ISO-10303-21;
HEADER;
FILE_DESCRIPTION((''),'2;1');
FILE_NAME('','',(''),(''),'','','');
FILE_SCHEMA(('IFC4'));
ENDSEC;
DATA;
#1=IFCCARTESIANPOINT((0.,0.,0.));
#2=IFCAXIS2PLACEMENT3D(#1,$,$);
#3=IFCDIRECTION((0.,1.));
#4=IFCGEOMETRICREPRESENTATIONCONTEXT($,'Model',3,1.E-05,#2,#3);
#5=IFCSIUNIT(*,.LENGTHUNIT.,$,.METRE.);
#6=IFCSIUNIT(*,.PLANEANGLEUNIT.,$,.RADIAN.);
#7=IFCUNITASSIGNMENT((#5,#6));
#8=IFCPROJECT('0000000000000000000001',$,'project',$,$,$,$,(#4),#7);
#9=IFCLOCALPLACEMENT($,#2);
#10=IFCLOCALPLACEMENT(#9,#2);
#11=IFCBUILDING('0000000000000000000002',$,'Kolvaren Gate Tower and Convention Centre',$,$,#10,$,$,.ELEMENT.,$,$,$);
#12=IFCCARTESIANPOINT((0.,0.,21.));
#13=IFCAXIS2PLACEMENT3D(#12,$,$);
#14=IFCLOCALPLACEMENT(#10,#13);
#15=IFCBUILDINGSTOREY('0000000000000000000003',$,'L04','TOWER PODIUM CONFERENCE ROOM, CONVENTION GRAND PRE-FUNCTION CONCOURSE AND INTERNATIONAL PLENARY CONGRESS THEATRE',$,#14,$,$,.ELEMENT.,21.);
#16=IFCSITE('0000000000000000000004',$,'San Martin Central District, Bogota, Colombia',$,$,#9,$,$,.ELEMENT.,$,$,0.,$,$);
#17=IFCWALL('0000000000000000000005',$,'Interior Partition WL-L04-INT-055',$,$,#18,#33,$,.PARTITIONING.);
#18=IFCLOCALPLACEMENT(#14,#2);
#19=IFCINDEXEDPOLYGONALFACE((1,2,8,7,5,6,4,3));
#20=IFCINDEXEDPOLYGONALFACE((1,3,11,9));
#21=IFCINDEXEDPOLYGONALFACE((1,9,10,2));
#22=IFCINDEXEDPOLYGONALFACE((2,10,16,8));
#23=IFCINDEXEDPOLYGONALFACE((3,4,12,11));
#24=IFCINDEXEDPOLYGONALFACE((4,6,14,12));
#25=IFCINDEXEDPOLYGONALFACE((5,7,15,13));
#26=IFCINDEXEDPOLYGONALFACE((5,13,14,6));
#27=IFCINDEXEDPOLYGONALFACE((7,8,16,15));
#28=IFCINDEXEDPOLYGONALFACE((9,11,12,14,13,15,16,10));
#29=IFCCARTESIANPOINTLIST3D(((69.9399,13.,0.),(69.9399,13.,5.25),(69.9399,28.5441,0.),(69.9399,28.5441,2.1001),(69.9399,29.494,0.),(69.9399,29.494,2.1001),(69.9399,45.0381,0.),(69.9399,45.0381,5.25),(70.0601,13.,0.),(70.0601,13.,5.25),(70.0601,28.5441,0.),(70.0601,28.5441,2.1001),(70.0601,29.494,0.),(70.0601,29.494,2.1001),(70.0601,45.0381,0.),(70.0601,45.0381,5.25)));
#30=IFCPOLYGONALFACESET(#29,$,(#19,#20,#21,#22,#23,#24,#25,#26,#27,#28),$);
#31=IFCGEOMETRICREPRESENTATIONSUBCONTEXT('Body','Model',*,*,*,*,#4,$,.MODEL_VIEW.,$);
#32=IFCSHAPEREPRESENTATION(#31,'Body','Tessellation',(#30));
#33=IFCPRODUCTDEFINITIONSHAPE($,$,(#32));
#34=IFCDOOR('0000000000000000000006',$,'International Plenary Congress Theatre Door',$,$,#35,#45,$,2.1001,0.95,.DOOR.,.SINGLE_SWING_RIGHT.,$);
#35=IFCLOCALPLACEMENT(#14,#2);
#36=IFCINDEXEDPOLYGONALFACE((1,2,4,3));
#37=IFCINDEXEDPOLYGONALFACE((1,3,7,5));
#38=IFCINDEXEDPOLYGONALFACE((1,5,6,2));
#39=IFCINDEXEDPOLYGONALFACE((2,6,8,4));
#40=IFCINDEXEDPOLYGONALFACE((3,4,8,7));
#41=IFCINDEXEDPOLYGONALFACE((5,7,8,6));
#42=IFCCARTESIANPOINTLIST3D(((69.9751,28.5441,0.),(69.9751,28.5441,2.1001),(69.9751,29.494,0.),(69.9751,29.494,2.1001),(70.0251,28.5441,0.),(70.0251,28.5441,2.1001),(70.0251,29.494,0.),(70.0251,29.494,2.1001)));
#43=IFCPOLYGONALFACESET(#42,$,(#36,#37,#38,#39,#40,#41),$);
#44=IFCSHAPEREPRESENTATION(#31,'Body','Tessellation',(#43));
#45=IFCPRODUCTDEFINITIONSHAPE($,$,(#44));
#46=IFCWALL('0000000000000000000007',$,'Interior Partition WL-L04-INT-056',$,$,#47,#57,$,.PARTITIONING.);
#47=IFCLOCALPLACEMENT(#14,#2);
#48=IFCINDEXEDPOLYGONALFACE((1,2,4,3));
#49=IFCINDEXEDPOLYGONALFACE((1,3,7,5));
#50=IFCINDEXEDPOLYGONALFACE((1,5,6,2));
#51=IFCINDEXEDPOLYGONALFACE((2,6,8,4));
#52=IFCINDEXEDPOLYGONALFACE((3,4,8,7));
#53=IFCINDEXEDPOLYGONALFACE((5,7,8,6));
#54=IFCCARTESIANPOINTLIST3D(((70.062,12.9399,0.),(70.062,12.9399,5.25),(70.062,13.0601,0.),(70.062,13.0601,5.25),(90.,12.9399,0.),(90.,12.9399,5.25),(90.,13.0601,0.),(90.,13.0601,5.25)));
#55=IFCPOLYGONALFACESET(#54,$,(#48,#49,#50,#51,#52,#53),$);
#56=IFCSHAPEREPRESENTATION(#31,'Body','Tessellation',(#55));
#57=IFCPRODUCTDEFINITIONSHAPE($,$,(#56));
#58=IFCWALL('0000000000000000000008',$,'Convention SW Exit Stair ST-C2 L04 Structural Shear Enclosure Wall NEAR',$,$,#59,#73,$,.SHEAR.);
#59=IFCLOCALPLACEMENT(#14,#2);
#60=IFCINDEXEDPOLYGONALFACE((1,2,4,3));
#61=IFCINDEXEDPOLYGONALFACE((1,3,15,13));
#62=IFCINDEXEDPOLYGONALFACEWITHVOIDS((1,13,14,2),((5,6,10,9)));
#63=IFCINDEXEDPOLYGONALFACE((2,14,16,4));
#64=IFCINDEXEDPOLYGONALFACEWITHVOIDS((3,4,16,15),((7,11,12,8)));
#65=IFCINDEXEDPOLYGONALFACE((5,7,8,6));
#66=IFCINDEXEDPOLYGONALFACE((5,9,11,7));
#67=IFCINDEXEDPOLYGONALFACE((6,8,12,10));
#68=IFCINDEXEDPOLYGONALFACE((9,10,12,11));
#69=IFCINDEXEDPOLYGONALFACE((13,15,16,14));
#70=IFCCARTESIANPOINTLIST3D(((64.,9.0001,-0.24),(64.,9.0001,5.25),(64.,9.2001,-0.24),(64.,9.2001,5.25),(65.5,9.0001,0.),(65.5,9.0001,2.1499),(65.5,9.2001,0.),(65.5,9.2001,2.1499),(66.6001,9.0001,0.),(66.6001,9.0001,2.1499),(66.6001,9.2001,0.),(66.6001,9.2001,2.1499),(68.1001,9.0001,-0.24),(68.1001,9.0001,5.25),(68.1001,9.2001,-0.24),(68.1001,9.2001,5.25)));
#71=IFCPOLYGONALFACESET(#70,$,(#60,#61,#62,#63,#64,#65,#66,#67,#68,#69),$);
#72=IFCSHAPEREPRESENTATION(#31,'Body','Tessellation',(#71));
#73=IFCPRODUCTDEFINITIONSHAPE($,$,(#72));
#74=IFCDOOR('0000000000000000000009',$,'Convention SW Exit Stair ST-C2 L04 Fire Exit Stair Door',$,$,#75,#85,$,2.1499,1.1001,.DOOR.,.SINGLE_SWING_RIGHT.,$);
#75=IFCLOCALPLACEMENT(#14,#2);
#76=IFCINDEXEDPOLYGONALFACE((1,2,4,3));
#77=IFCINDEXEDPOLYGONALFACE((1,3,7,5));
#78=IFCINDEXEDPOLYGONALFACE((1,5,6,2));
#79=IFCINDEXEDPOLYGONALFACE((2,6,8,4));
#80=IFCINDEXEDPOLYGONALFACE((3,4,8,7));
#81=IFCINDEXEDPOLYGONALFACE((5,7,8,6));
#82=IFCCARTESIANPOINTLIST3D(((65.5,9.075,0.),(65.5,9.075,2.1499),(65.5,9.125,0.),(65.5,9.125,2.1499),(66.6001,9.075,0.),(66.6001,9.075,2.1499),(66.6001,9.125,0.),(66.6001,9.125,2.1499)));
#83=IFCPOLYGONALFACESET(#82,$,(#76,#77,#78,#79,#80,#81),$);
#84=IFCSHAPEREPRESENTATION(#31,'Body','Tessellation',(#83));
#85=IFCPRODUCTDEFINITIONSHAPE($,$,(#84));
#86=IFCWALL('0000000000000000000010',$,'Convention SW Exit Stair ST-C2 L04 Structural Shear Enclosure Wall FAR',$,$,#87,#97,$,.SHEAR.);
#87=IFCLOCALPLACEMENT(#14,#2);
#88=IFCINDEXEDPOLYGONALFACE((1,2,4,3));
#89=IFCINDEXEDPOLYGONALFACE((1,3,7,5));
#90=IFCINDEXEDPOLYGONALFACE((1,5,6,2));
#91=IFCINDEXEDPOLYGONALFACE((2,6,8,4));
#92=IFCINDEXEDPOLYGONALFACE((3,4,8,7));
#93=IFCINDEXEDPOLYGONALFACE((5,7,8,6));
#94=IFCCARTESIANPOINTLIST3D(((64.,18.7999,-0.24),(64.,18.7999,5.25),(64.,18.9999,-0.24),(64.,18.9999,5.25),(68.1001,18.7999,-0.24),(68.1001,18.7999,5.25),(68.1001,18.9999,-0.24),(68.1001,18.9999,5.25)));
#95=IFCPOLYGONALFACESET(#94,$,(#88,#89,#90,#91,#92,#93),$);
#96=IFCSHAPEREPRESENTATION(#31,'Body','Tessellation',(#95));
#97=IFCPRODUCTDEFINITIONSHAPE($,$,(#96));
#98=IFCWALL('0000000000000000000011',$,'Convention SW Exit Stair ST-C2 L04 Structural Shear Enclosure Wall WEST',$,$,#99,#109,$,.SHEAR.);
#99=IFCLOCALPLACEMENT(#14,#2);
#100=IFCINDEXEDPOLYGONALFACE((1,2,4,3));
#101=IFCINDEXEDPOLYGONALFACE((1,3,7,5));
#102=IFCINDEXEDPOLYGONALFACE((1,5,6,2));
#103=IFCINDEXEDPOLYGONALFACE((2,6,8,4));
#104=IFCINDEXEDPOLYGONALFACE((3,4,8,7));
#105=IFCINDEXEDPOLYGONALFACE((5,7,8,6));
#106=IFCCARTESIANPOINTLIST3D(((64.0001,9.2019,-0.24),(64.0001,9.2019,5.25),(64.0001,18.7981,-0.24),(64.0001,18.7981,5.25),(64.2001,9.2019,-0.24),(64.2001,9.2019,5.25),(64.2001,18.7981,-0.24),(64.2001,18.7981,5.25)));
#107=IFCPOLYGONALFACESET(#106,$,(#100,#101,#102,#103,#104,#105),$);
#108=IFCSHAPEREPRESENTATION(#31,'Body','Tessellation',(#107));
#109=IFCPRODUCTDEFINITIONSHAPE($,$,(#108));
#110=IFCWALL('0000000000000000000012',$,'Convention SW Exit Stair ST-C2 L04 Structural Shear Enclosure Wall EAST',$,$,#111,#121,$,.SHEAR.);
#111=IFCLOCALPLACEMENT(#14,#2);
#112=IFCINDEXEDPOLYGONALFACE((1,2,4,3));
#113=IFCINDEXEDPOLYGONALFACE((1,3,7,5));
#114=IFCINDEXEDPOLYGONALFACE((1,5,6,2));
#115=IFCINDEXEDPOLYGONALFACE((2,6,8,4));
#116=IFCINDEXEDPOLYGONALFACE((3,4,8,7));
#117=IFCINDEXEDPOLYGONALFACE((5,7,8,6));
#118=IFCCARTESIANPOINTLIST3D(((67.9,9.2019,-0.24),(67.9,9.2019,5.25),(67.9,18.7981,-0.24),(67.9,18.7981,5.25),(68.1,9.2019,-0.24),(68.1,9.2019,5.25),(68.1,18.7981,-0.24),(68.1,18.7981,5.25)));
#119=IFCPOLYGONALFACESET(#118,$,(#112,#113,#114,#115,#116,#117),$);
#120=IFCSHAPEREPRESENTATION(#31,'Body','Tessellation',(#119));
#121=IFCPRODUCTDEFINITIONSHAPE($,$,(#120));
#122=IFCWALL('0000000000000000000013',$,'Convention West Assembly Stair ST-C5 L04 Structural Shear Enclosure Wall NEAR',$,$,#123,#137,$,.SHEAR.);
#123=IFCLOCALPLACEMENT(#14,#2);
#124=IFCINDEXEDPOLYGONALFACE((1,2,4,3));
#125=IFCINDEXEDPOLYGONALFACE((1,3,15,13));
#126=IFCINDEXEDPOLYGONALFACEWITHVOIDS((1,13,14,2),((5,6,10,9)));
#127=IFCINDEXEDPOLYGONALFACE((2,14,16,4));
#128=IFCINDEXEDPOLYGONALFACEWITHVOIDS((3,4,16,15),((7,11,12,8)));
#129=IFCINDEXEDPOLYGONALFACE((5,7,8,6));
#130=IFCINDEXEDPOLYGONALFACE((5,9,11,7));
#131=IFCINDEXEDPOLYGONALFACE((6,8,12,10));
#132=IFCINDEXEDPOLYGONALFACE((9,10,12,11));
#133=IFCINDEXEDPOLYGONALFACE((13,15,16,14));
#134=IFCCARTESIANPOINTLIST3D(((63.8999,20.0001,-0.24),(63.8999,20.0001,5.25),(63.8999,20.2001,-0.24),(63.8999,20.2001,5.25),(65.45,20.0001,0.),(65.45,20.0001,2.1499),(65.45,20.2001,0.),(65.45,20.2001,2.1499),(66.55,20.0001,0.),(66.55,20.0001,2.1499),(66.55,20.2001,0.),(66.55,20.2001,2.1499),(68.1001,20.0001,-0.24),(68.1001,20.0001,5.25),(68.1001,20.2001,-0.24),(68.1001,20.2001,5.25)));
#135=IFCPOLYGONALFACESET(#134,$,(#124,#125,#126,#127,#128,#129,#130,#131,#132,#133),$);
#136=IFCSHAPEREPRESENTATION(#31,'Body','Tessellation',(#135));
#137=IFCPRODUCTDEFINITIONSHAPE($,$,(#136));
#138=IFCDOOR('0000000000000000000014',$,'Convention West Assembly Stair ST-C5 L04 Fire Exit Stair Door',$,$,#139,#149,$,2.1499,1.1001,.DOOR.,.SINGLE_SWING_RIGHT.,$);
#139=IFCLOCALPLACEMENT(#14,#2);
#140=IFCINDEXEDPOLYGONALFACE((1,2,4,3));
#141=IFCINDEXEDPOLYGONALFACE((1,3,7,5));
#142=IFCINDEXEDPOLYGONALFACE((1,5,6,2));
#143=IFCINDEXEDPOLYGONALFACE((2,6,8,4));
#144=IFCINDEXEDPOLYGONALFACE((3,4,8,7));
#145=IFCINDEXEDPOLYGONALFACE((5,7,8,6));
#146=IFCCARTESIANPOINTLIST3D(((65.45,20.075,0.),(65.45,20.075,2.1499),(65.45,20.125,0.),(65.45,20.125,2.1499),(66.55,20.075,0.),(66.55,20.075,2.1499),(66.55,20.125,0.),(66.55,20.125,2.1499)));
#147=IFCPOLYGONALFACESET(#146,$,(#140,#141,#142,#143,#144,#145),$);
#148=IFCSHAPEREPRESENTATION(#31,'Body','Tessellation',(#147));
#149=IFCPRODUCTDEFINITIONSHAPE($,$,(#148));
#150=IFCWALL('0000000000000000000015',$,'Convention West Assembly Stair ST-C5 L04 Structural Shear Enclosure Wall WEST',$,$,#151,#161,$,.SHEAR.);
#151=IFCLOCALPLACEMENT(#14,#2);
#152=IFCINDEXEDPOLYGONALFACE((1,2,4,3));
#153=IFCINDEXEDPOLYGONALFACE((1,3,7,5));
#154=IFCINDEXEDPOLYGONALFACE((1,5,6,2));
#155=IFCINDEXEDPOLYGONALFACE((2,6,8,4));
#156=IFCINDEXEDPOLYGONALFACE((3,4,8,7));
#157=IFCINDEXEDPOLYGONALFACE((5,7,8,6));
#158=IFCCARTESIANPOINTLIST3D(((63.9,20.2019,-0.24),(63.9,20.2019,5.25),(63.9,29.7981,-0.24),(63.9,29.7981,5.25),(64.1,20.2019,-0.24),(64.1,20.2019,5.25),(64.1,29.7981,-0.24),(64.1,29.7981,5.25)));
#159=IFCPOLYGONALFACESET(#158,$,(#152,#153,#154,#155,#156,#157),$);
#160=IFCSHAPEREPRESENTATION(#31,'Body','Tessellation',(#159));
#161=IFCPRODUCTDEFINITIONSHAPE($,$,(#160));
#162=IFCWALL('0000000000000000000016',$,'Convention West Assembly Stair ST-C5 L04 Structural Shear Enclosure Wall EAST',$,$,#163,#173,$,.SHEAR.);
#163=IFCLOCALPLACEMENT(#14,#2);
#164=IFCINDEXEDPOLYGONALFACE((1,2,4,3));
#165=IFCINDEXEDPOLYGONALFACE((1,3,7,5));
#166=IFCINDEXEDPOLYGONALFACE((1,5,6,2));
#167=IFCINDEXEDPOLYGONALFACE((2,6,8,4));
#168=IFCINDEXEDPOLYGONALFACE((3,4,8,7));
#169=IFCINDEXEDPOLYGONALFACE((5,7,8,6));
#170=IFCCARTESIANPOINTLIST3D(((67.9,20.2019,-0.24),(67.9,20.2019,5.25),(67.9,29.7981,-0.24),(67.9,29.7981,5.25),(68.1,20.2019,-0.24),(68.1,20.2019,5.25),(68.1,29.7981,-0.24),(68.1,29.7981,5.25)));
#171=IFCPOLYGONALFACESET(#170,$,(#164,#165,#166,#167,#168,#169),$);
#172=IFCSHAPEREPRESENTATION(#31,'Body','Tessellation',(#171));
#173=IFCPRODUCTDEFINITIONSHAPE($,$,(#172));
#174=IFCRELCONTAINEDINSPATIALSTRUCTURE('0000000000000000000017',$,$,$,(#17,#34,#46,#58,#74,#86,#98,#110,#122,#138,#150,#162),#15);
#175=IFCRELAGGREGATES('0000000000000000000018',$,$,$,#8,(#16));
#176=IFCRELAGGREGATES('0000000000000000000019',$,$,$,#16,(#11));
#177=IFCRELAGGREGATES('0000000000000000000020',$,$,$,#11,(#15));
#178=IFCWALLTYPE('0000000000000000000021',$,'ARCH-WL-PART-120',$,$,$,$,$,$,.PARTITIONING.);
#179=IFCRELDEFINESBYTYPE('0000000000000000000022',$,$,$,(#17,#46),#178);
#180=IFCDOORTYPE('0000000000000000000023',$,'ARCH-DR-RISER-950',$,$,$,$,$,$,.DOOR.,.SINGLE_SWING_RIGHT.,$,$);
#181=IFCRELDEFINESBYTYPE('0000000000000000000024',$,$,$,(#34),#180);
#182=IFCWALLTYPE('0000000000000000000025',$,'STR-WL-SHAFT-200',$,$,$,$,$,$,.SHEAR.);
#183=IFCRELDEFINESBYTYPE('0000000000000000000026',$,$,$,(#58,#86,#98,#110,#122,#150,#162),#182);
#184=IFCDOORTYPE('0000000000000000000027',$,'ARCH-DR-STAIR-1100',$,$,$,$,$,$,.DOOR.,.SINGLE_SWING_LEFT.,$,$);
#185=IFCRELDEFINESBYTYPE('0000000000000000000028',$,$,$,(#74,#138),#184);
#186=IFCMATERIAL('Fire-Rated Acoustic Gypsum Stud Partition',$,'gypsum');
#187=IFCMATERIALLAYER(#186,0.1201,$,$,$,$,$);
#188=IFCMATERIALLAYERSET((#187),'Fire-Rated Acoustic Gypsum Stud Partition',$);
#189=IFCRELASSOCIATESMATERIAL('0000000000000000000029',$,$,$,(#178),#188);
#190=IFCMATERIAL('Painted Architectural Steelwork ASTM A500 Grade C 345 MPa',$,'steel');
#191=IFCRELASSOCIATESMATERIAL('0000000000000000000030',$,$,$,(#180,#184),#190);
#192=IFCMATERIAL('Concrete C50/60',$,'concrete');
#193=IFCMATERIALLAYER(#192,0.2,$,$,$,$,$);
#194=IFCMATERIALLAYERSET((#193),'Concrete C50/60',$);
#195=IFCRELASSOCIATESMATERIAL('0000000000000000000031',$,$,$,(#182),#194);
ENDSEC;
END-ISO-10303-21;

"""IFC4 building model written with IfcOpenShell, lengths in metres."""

from ifc_helpers import new_model, si_unit, direction, frame, frame_2d, origin, place, context, subcontext, project, spatial, rectangle, extrude, material, layer, layer_set, type_object, element, fill, save


model = new_model("IFC4")

# Units and contexts
model_context = context("Model", 3, precision=1e-05, world=origin(), true_north=direction((0.0, 1.0)))
body_context = subcontext(model_context, "Body", "Model", "MODEL_VIEW")
ifc_project = project(units=[si_unit("LENGTHUNIT", "METRE"), si_unit("PLANEANGLEUNIT", "RADIAN")], contexts=[model_context])

# Site, building, storey
site_placement = place(None, origin())
site = spatial("IfcSite", under=ifc_project, at=site_placement, Name="San Martin Central District, Bogota, Colombia", CompositionType="ELEMENT", RefElevation=0.0)
building_placement = place(site_placement, origin())
building = spatial("IfcBuilding", under=site, at=building_placement, Name="Kolvaren Gate Tower and Convention Centre", CompositionType="ELEMENT")
storey_placement = place(building_placement, frame((0.0, 0.0, 21.0)))
storey = spatial("IfcBuildingStorey", under=building, at=storey_placement, Name="L04", Description="TOWER PODIUM CONFERENCE ROOM, CONVENTION GRAND PRE-FUNCTION CONCOURSE AND INTERNATIONAL PLENARY CONGRESS THEATRE", CompositionType="ELEMENT", Elevation=21.0)

# Wall, opening, door
ifc_material_1 = material(Name="Fire-Rated Acoustic Gypsum Stud Partition", Category="gypsum")
ifc_layer_1 = layer(ifc_material_1, 0.1201)
ifc_layer_set_1 = layer_set([ifc_layer_1], Name="Fire-Rated Acoustic Gypsum Stud Partition")
wall_type_1 = type_object("IfcWallType", Name="ARCH-WL-PART-120", PredefinedType="PARTITIONING", material=ifc_layer_set_1)
wall_1_placement = place(storey_placement, frame((70.0, 13.0, 0.0), z_axis=(0.0, 0.0, 1.0), x_axis=(0.0, 1.0, 0.0)))
wall_1 = element("IfcWall", 1, at=wall_1_placement, inside=storey, type_object=wall_type_1, Name="Interior Partition WL-L04-INT-055", PredefinedType="PARTITIONING", context=body_context, shape_type="SweptSolid", body=[
    extrude(rectangle(XDim=32.0381, YDim=0.1201, at=frame_2d((16.019, 0.0))), origin(), (0.0, 0.0, 1.0), 5.25),
])
opening_1_placement = place(wall_1_placement, frame((15.5439, 0.0, 0.0)))
opening_1 = element("IfcOpeningElement", 2, at=opening_1_placement, cuts=wall_1, PredefinedType="OPENING", context=body_context, shape_type="SweptSolid", body=[
    extrude(rectangle(XDim=0.95, YDim=2.1001, at=frame_2d((0.4751, 1.05))), frame((0.0, 0.0701, 0.0), z_axis=(0.0, -1.0, 0.0), x_axis=(1.0, 0.0, 0.0)), (0.0, 0.0, 1.0), 0.1401),
])
ifc_material_2 = material(Name="Painted Architectural Steelwork ASTM A500 Grade C 345 MPa", Category="steel")
door_type_1 = type_object("IfcDoorType", Name="ARCH-DR-RISER-950", OperationType="SINGLE_SWING_RIGHT", PredefinedType="DOOR", material=ifc_material_2)
door_1_placement = place(opening_1_placement, origin())
door_1 = element("IfcDoor", 3, at=door_1_placement, inside=storey, type_object=door_type_1, Name="International Plenary Congress Theatre Door", OperationType="SINGLE_SWING_RIGHT", OverallHeight=2.1001, OverallWidth=0.95, PredefinedType="DOOR", context=body_context, shape_type="SweptSolid", body=[
    extrude(rectangle(XDim=0.95, YDim=2.1001, at=frame_2d((0.4751, 1.05))), frame((0.0, 0.0249, 0.0), z_axis=(0.0, -1.0, 0.0), x_axis=(1.0, 0.0, 0.0)), (0.0, 0.0, 1.0), 0.05),
])
fill(opening_1, door_1)

# Wall
wall_2_placement = place(storey_placement, frame((70.062, 13.0, 0.0), z_axis=(0.0, 0.0, 1.0), x_axis=(1.0, 0.0, 0.0)))
element("IfcWall", 4, at=wall_2_placement, inside=storey, type_object=wall_type_1, Name="Interior Partition WL-L04-INT-056", PredefinedType="PARTITIONING", context=body_context, shape_type="SweptSolid", body=[
    extrude(rectangle(XDim=19.938, YDim=0.1201, at=frame_2d((9.969, 0.0))), origin(), (0.0, 0.0, 1.0), 5.25),
])

# Wall, opening, door
ifc_material_3 = material(Name="Concrete C50/60", Category="concrete")
ifc_layer_2 = layer(ifc_material_3, 0.2)
ifc_layer_set_2 = layer_set([ifc_layer_2], Name="Concrete C50/60")
wall_type_2 = type_object("IfcWallType", Name="STR-WL-SHAFT-200", PredefinedType="SHEAR", material=ifc_layer_set_2)
wall_3_placement = place(storey_placement, frame((64.0, 9.1001, -0.24), z_axis=(0.0, 0.0, 1.0), x_axis=(1.0, 0.0, 0.0)))
wall_3 = element("IfcWall", 5, at=wall_3_placement, inside=storey, type_object=wall_type_2, Name="Convention SW Exit Stair ST-C2 L04 Structural Shear Enclosure Wall NEAR", PredefinedType="SHEAR", context=body_context, shape_type="SweptSolid", body=[
    extrude(rectangle(XDim=4.1001, YDim=0.2, at=frame_2d((2.05, 0.0))), origin(), (0.0, 0.0, 1.0), 5.49),
])
opening_2_placement = place(wall_3_placement, frame((1.5, 0.0, 0.24)))
opening_2 = element("IfcOpeningElement", 6, at=opening_2_placement, cuts=wall_3, PredefinedType="OPENING", context=body_context, shape_type="SweptSolid", body=[
    extrude(rectangle(XDim=1.1001, YDim=2.1499, at=frame_2d((0.55, 1.075))), frame((0.0, 0.1099, 0.0), z_axis=(0.0, -1.0, 0.0), x_axis=(1.0, 0.0, 0.0)), (0.0, 0.0, 1.0), 0.22),
])
door_type_2 = type_object("IfcDoorType", Name="ARCH-DR-STAIR-1100", OperationType="SINGLE_SWING_LEFT", PredefinedType="DOOR", material=ifc_material_2)
door_2_placement = place(opening_2_placement, origin())
door_2 = element("IfcDoor", 7, at=door_2_placement, inside=storey, type_object=door_type_2, Name="Convention SW Exit Stair ST-C2 L04 Fire Exit Stair Door", OperationType="SINGLE_SWING_RIGHT", OverallHeight=2.1499, OverallWidth=1.1001, PredefinedType="DOOR", context=body_context, shape_type="SweptSolid", body=[
    extrude(rectangle(XDim=1.1001, YDim=2.1499, at=frame_2d((0.55, 1.075))), frame((0.0, 0.0249, 0.0), z_axis=(0.0, -1.0, 0.0), x_axis=(1.0, 0.0, 0.0)), (0.0, 0.0, 1.0), 0.05),
])
fill(opening_2, door_2)

# Walls
wall_4_placement = place(storey_placement, frame((64.0, 18.8999, -0.24), z_axis=(0.0, 0.0, 1.0), x_axis=(1.0, 0.0, 0.0)))
element("IfcWall", 8, at=wall_4_placement, inside=storey, type_object=wall_type_2, Name="Convention SW Exit Stair ST-C2 L04 Structural Shear Enclosure Wall FAR", PredefinedType="SHEAR", context=body_context, shape_type="SweptSolid", body=[
    extrude(rectangle(XDim=4.1001, YDim=0.2, at=frame_2d((2.05, 0.0))), origin(), (0.0, 0.0, 1.0), 5.49),
])
for number, where, z_axis, x_axis, name in (
    (9, (64.1001, 9.2019, -0.24), (0.0, 0.0, 1.0), (0.0, 1.0, 0.0), "Convention SW Exit Stair ST-C2 L04 Structural Shear Enclosure Wall WEST"),
    (10, (68.0, 9.2019, -0.24), (0.0, 0.0, 1.0), (0.0, 1.0, 0.0), "Convention SW Exit Stair ST-C2 L04 Structural Shear Enclosure Wall EAST"),
):
    element("IfcWall", number, at=place(storey_placement, frame(where, z_axis=z_axis, x_axis=x_axis)), inside=storey, type_object=wall_type_2, Name=name, PredefinedType="SHEAR", context=body_context, shape_type="SweptSolid", body=[
        extrude(rectangle(XDim=9.5962, YDim=0.2, at=frame_2d((4.7981, 0.0))), origin(), (0.0, 0.0, 1.0), 5.49),
    ])

# Wall, opening, door
wall_5_placement = place(storey_placement, frame((63.8999, 20.1001, -0.24), z_axis=(0.0, 0.0, 1.0), x_axis=(1.0, 0.0, 0.0)))
wall_5 = element("IfcWall", 11, at=wall_5_placement, inside=storey, type_object=wall_type_2, Name="Convention West Assembly Stair ST-C5 L04 Structural Shear Enclosure Wall NEAR", PredefinedType="SHEAR", context=body_context, shape_type="SweptSolid", body=[
    extrude(rectangle(XDim=4.2002, YDim=0.2, at=frame_2d((2.1001, 0.0))), origin(), (0.0, 0.0, 1.0), 5.49),
])
opening_3_placement = place(wall_5_placement, frame((1.55, 0.0, 0.24)))
opening_3 = element("IfcOpeningElement", 12, at=opening_3_placement, cuts=wall_5, PredefinedType="OPENING", context=body_context, shape_type="SweptSolid", body=[
    extrude(rectangle(XDim=1.1001, YDim=2.1499, at=frame_2d((0.55, 1.075))), frame((0.0, 0.1099, 0.0), z_axis=(0.0, -1.0, 0.0), x_axis=(1.0, 0.0, 0.0)), (0.0, 0.0, 1.0), 0.22),
])
door_3_placement = place(opening_3_placement, origin())
door_3 = element("IfcDoor", 13, at=door_3_placement, inside=storey, type_object=door_type_2, Name="Convention West Assembly Stair ST-C5 L04 Fire Exit Stair Door", OperationType="SINGLE_SWING_RIGHT", OverallHeight=2.1499, OverallWidth=1.1001, PredefinedType="DOOR", context=body_context, shape_type="SweptSolid", body=[
    extrude(rectangle(XDim=1.1001, YDim=2.1499, at=frame_2d((0.55, 1.075))), frame((0.0, 0.0249, 0.0), z_axis=(0.0, -1.0, 0.0), x_axis=(1.0, 0.0, 0.0)), (0.0, 0.0, 1.0), 0.05),
])
fill(opening_3, door_3)

# Walls
for number, where, z_axis, x_axis, name in (
    (14, (64.0, 20.2019, -0.24), (0.0, 0.0, 1.0), (0.0, 1.0, 0.0), "Convention West Assembly Stair ST-C5 L04 Structural Shear Enclosure Wall WEST"),
    (15, (68.0, 20.2019, -0.24), (0.0, 0.0, 1.0), (0.0, 1.0, 0.0), "Convention West Assembly Stair ST-C5 L04 Structural Shear Enclosure Wall EAST"),
):
    element("IfcWall", number, at=place(storey_placement, frame(where, z_axis=z_axis, x_axis=x_axis)), inside=storey, type_object=wall_type_2, Name=name, PredefinedType="SHEAR", context=body_context, shape_type="SweptSolid", body=[
        extrude(rectangle(XDim=9.5962, YDim=0.2, at=frame_2d((4.7981, 0.0))), origin(), (0.0, 0.0, 1.0), 5.49),
    ])

save(model, "model.ifc")
